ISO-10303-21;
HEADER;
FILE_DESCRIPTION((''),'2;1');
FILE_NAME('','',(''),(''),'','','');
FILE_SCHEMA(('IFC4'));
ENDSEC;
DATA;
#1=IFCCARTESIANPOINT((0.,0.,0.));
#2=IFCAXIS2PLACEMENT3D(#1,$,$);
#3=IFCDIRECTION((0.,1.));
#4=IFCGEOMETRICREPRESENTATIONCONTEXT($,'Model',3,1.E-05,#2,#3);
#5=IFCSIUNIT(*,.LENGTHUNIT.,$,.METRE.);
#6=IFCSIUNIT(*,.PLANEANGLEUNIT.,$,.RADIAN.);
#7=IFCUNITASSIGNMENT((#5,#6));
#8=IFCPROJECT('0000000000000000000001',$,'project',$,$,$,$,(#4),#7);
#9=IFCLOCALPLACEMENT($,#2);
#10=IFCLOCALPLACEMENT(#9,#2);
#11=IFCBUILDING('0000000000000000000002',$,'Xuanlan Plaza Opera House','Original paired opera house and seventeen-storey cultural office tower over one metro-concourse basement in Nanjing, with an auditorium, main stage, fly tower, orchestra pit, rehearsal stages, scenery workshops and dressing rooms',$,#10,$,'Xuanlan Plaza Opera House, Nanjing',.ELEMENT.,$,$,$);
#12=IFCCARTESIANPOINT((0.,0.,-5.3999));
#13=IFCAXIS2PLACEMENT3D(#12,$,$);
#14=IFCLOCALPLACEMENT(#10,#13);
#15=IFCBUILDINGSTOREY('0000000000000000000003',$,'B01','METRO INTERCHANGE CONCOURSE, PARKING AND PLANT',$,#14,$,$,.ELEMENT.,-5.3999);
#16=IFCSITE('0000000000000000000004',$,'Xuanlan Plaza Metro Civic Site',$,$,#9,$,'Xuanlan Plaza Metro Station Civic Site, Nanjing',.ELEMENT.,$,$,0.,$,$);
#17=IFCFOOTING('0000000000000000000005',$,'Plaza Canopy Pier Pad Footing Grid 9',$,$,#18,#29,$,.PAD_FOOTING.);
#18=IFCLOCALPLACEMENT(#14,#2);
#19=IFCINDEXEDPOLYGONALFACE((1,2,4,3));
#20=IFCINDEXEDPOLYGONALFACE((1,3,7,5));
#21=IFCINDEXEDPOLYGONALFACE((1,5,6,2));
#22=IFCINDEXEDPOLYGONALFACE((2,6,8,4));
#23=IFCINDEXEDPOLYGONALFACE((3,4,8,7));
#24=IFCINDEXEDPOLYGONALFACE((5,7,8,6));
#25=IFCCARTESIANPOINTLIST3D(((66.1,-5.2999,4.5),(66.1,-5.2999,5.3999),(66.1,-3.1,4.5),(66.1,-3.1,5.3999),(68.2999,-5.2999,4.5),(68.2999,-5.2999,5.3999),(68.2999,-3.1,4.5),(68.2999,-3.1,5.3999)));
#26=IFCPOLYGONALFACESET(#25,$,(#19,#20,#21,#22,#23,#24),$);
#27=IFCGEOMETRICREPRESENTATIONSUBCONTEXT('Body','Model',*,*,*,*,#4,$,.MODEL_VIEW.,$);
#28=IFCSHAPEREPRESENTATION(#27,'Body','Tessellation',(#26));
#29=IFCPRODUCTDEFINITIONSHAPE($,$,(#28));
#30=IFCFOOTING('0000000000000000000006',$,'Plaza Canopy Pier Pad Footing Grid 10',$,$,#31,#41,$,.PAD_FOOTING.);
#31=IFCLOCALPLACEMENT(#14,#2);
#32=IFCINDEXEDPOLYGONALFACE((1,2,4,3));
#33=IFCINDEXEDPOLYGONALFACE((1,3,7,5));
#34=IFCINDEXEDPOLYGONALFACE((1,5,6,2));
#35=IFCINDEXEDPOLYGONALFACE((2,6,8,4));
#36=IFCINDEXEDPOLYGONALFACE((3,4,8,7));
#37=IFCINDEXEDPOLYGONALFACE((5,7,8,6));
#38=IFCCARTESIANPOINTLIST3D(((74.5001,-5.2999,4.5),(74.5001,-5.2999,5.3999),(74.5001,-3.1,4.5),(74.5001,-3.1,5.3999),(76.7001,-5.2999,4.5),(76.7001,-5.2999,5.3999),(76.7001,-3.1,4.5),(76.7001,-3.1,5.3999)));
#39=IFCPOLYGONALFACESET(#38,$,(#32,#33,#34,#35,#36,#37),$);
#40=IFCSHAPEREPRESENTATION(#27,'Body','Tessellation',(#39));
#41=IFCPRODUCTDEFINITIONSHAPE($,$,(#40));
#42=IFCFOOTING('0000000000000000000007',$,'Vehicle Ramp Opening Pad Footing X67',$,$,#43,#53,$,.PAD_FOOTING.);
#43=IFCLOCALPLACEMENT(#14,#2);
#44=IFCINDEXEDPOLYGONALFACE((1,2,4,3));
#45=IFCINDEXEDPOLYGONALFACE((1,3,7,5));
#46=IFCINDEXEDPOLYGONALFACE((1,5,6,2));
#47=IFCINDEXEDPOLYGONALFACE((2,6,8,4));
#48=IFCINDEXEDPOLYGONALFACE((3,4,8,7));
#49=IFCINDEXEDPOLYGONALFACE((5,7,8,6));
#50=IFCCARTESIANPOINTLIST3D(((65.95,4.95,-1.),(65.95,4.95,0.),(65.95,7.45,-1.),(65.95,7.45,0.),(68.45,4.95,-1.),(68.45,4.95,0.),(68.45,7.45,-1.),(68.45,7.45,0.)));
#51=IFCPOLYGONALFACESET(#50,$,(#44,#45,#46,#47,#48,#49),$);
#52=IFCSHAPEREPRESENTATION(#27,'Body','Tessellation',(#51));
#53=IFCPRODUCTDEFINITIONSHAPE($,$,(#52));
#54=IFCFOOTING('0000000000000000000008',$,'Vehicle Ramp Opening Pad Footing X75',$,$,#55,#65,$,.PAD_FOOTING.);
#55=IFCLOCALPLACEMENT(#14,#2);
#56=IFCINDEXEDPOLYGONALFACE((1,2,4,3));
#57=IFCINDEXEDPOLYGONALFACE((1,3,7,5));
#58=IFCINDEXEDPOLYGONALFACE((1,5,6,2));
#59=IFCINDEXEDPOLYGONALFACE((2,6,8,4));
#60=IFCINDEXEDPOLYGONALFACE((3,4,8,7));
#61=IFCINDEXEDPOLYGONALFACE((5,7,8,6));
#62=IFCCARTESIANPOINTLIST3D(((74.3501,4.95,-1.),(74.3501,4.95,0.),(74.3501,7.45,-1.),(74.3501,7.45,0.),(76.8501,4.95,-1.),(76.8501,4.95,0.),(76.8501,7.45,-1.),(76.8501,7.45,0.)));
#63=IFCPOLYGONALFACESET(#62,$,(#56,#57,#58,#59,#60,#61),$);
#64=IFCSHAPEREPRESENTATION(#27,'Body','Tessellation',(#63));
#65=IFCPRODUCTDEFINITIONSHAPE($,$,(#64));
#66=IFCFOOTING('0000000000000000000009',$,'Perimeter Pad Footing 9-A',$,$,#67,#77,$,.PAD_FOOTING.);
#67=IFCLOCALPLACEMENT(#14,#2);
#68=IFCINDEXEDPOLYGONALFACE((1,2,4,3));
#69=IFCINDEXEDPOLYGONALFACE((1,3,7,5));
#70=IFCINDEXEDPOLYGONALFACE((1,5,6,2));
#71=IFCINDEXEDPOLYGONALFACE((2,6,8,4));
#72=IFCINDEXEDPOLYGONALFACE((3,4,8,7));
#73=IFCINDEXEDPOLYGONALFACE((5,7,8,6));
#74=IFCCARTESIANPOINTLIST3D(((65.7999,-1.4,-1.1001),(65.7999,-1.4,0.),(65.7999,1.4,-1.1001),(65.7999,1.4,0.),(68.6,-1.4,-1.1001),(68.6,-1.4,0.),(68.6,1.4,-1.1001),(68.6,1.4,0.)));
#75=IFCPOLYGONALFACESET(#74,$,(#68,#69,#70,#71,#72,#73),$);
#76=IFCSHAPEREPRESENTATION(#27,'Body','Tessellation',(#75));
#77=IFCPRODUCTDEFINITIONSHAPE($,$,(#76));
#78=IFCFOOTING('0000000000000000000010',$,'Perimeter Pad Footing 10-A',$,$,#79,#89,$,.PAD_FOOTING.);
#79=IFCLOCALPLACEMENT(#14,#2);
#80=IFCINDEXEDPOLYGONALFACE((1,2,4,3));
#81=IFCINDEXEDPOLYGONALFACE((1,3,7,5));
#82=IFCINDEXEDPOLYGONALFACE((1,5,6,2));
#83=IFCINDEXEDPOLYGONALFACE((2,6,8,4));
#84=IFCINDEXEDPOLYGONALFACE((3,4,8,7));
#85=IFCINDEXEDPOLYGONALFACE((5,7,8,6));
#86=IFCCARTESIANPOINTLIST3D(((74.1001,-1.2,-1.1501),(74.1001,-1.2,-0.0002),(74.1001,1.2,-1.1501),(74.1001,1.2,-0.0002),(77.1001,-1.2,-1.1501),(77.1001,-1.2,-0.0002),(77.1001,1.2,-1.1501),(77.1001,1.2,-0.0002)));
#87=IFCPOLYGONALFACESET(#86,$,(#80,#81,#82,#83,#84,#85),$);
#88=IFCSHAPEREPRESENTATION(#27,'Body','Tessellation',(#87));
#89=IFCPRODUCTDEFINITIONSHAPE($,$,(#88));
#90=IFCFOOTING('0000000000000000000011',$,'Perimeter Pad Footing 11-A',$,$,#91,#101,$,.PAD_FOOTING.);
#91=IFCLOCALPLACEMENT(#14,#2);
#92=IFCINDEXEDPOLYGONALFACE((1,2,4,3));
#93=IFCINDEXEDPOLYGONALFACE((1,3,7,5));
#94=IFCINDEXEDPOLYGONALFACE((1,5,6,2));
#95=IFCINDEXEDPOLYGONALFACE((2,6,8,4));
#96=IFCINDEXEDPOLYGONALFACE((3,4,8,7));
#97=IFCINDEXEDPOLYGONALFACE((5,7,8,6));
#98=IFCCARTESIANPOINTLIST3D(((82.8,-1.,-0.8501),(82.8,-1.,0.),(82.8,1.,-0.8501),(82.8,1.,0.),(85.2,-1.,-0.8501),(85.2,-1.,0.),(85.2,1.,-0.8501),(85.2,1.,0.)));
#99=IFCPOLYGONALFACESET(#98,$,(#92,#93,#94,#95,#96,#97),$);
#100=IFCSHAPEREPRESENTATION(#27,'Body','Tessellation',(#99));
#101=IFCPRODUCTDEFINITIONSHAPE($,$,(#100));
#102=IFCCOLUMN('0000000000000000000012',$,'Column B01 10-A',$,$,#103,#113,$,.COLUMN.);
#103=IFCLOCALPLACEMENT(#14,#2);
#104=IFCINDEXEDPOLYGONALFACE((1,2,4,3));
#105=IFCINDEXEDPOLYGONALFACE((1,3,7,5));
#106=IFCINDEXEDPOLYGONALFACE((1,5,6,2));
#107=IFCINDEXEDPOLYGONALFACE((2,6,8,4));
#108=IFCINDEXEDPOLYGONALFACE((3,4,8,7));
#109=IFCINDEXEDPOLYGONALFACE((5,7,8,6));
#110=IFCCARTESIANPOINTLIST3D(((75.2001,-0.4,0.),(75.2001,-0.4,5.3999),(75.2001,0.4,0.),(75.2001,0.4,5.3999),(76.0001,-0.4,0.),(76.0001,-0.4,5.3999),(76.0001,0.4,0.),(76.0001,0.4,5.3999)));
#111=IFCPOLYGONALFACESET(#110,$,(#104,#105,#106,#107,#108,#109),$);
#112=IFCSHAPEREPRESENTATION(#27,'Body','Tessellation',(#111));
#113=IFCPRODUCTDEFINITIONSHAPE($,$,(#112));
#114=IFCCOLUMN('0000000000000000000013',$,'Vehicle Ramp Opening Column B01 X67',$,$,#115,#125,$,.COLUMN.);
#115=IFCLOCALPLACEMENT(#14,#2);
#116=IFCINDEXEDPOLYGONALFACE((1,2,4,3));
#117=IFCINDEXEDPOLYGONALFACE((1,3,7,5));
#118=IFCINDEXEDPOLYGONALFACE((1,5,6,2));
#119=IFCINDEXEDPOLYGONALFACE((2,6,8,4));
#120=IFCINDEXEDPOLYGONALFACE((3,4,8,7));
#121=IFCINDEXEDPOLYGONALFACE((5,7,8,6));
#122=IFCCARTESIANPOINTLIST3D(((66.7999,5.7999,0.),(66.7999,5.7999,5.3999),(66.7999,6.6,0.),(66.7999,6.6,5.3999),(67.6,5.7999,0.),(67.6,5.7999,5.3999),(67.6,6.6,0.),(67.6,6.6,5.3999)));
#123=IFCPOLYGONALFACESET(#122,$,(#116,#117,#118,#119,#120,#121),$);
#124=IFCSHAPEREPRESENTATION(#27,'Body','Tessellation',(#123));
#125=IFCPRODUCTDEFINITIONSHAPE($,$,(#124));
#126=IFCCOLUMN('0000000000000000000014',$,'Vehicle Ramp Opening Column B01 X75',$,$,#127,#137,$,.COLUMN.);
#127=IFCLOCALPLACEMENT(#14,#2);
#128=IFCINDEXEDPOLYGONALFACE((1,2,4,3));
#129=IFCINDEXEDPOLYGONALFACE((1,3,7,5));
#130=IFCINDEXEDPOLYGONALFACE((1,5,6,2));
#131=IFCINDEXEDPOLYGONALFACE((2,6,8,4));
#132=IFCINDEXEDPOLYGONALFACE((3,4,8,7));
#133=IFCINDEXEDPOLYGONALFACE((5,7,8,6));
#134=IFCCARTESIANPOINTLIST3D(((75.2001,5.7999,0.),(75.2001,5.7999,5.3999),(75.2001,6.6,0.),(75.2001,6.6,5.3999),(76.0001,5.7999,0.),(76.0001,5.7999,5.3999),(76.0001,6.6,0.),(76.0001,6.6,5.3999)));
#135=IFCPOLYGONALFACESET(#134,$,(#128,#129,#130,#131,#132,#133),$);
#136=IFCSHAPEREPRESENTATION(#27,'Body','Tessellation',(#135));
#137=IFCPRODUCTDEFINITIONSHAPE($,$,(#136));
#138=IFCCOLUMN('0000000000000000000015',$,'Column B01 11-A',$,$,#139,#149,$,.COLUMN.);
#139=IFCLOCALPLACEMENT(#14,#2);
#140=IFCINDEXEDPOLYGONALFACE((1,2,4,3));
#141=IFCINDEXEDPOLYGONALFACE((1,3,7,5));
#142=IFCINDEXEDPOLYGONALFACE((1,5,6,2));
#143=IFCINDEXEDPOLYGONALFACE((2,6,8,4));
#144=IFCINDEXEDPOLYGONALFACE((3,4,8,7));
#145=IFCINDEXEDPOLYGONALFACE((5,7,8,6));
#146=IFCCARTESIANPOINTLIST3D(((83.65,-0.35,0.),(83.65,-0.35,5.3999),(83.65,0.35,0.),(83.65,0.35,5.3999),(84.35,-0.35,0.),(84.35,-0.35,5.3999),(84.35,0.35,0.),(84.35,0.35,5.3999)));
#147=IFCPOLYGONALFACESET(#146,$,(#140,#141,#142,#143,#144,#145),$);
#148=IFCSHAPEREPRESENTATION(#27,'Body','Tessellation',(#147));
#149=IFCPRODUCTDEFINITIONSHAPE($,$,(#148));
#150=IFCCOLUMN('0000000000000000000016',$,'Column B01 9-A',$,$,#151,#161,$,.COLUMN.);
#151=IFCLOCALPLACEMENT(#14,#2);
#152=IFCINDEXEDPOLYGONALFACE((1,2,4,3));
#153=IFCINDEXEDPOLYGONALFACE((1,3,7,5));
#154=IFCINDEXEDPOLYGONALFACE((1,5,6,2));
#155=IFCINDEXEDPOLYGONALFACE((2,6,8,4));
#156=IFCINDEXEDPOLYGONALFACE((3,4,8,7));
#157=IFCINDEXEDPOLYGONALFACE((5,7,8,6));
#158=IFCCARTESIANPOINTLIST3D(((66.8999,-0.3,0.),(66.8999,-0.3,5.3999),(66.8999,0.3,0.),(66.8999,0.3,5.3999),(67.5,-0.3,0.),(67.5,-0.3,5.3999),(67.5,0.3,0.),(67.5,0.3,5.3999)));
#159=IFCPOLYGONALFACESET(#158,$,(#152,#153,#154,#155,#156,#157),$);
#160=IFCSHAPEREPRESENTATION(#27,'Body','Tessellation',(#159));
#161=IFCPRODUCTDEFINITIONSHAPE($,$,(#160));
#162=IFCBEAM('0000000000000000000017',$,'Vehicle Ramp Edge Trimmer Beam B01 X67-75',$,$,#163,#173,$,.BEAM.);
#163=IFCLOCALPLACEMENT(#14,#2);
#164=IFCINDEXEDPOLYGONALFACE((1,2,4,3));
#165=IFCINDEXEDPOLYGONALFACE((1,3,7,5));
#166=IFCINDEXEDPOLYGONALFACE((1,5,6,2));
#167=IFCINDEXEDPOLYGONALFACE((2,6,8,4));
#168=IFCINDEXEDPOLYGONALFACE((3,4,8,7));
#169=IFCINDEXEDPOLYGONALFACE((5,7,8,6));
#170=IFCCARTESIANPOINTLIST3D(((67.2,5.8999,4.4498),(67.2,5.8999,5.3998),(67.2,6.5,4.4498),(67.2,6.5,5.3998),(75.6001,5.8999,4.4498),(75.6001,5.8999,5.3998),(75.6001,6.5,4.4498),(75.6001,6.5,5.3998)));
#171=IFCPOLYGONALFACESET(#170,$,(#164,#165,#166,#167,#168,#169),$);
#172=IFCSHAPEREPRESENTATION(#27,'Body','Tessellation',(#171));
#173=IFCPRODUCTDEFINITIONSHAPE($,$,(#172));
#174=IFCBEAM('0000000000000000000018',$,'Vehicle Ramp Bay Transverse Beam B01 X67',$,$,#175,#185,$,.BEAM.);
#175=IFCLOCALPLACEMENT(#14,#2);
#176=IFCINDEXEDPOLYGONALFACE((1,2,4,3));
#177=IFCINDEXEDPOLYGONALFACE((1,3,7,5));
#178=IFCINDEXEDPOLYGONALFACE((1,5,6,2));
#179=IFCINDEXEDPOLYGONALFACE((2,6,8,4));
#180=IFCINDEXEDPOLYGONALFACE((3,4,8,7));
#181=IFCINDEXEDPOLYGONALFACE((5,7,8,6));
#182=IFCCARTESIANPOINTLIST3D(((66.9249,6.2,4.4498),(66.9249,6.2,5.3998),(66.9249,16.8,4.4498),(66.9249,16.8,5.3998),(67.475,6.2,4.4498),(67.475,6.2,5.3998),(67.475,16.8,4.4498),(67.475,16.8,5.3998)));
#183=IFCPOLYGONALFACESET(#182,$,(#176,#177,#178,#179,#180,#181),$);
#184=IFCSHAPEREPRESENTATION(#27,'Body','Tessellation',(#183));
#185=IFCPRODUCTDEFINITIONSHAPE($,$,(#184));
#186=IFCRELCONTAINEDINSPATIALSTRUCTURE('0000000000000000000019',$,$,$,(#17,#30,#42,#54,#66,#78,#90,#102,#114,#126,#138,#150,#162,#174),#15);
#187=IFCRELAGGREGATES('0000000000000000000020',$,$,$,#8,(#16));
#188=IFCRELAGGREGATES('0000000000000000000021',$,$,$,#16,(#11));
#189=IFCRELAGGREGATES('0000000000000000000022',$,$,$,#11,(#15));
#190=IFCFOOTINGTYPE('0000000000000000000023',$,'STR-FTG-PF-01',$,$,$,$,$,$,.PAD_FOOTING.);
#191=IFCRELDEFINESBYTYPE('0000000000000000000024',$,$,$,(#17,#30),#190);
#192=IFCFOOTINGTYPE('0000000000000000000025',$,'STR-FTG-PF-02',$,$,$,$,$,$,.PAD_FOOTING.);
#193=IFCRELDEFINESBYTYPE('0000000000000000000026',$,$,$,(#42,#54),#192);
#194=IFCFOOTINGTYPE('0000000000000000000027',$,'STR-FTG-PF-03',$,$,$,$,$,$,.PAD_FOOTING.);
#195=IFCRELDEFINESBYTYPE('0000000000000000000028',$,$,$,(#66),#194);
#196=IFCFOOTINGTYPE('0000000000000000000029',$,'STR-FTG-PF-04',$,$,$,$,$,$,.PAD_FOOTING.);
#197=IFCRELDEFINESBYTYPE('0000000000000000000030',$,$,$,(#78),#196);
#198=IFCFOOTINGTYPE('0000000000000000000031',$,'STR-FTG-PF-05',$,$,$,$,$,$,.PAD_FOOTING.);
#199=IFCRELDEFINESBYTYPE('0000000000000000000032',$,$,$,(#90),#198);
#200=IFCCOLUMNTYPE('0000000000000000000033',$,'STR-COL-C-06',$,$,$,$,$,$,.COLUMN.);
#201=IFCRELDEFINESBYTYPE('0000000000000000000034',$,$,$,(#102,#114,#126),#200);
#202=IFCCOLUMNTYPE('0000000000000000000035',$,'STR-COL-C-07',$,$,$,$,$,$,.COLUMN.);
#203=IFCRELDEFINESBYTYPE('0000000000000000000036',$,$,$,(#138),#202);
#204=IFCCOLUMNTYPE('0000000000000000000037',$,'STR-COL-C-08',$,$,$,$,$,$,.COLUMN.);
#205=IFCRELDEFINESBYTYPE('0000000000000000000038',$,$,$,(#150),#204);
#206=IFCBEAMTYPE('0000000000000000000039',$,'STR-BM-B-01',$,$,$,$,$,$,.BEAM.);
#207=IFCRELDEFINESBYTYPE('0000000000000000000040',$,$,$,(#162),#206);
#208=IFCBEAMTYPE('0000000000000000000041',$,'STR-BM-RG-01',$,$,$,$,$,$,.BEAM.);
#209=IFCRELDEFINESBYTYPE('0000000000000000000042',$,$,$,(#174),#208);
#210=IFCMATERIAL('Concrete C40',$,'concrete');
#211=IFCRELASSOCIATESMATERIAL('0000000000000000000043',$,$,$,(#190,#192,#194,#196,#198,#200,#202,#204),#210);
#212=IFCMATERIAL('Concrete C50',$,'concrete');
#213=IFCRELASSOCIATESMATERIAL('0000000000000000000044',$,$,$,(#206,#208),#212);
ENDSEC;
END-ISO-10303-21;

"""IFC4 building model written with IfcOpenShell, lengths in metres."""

from ifc_helpers import new_model, si_unit, direction, frame, origin, origin_2d, place, context, subcontext, project, spatial, rectangle, extrude, material, material_profile, profile_set, type_object, element, save


model = new_model("IFC4")

# Units and contexts
model_context = context("Model", 3, precision=1e-05, world=origin(), true_north=direction((0.0, 1.0)))
body_context = subcontext(model_context, "Body", "Model", "MODEL_VIEW")
ifc_project = project(units=[si_unit("LENGTHUNIT", "METRE"), si_unit("PLANEANGLEUNIT", "RADIAN")], contexts=[model_context])

# Site, building, storey
site_placement = place(None, origin())
site = spatial("IfcSite", under=ifc_project, at=site_placement, Name="Xuanlan Plaza Metro Civic Site", LongName="Xuanlan Plaza Metro Station Civic Site, Nanjing", CompositionType="ELEMENT", RefElevation=0.0)
building_placement = place(site_placement, origin())
building = spatial("IfcBuilding", under=site, at=building_placement, Name="Xuanlan Plaza Opera House", Description="Original paired opera house and seventeen-storey cultural office tower over one metro-concourse basement in Nanjing, with an auditorium, main stage, fly tower, orchestra pit, rehearsal stages, scenery workshops and dressing rooms", LongName="Xuanlan Plaza Opera House, Nanjing", CompositionType="ELEMENT")
storey_placement = place(building_placement, frame((0.0, 0.0, -5.3999)))
storey = spatial("IfcBuildingStorey", under=building, at=storey_placement, Name="B01", Description="METRO INTERCHANGE CONCOURSE, PARKING AND PLANT", CompositionType="ELEMENT", Elevation=-5.3999)

# Footings
ifc_material_1 = material(Name="Concrete C40", Category="concrete")
footing_type_1 = type_object("IfcFootingType", Name="STR-FTG-PF-01", PredefinedType="PAD_FOOTING", material=ifc_material_1)
for number, where, z_axis, x_axis, name in (
    (1, (67.2, -4.2, 4.5), (0.0, 0.0, 1.0), (1.0, 0.0, 0.0), "Plaza Canopy Pier Pad Footing Grid 9"),
    (2, (75.6001, -4.2, 4.5), (0.0, 0.0, 1.0), (1.0, 0.0, 0.0), "Plaza Canopy Pier Pad Footing Grid 10"),
):
    element("IfcFooting", number, at=place(storey_placement, frame(where, z_axis=z_axis, x_axis=x_axis)), inside=storey, type_object=footing_type_1, Name=name, PredefinedType="PAD_FOOTING", context=body_context, shape_type="SweptSolid", body=[
        extrude(rectangle(XDim=2.2, YDim=2.2, at=origin_2d()), origin(), (0.0, 0.0, 1.0), 0.8999),
    ])
footing_type_2 = type_object("IfcFootingType", Name="STR-FTG-PF-02", PredefinedType="PAD_FOOTING", material=ifc_material_1)
for number, where, z_axis, x_axis, name in (
    (3, (67.2, 6.2, -1.0), (0.0, 0.0, 1.0), (1.0, 0.0, 0.0), "Vehicle Ramp Opening Pad Footing X67"),
    (4, (75.6001, 6.2, -1.0), (0.0, 0.0, 1.0), (1.0, 0.0, 0.0), "Vehicle Ramp Opening Pad Footing X75"),
):
    element("IfcFooting", number, at=place(storey_placement, frame(where, z_axis=z_axis, x_axis=x_axis)), inside=storey, type_object=footing_type_2, Name=name, PredefinedType="PAD_FOOTING", context=body_context, shape_type="SweptSolid", body=[
        extrude(rectangle(XDim=2.5, YDim=2.5, at=origin_2d()), origin(), (0.0, 0.0, 1.0), 1.0),
    ])
footing_type_3 = type_object("IfcFootingType", Name="STR-FTG-PF-03", PredefinedType="PAD_FOOTING", material=ifc_material_1)
footing_1_placement = place(storey_placement, frame((67.2, 0.0, -1.1001), z_axis=(0.0, 0.0, 1.0), x_axis=(1.0, 0.0, 0.0)))
element("IfcFooting", 5, at=footing_1_placement, inside=storey, type_object=footing_type_3, Name="Perimeter Pad Footing 9-A", PredefinedType="PAD_FOOTING", context=body_context, shape_type="SweptSolid", body=[
    extrude(rectangle(XDim=2.8, YDim=2.8, at=origin_2d()), origin(), (0.0, 0.0, 1.0), 1.1001),
])
footing_type_4 = type_object("IfcFootingType", Name="STR-FTG-PF-04", PredefinedType="PAD_FOOTING", material=ifc_material_1)
footing_2_placement = place(storey_placement, frame((75.6001, 0.0, -1.1501), z_axis=(0.0, 0.0, 1.0), x_axis=(1.0, 0.0, 0.0)))
element("IfcFooting", 6, at=footing_2_placement, inside=storey, type_object=footing_type_4, Name="Perimeter Pad Footing 10-A", PredefinedType="PAD_FOOTING", context=body_context, shape_type="SweptSolid", body=[
    extrude(rectangle(XDim=3.0, YDim=2.3999, at=origin_2d()), origin(), (0.0, 0.0, 1.0), 1.1499),
])
footing_type_5 = type_object("IfcFootingType", Name="STR-FTG-PF-05", PredefinedType="PAD_FOOTING", material=ifc_material_1)
footing_3_placement = place(storey_placement, frame((84.0, 0.0, -0.8501), z_axis=(0.0, 0.0, 1.0), x_axis=(1.0, 0.0, 0.0)))
element("IfcFooting", 7, at=footing_3_placement, inside=storey, type_object=footing_type_5, Name="Perimeter Pad Footing 11-A", PredefinedType="PAD_FOOTING", context=body_context, shape_type="SweptSolid", body=[
    extrude(rectangle(XDim=2.3999, YDim=2.0, at=origin_2d()), origin(), (0.0, 0.0, 1.0), 0.8501),
])

# Columns
ifc_material_profile_1 = material_profile(ifc_material_1, rectangle(XDim=0.8, YDim=0.8, at=origin_2d()), Name="RC-COL 800x800")
ifc_profile_set_1 = profile_set([ifc_material_profile_1], Name="Concrete C40")
column_type_1 = type_object("IfcColumnType", Name="STR-COL-C-06", PredefinedType="COLUMN", material=ifc_profile_set_1)
for number, where, z_axis, x_axis, name in (
    (8, (75.6001, 0.0, 0.0), (0.0, 0.0, 1.0), (1.0, 0.0, 0.0), "Column B01 10-A"),
    (9, (67.2, 6.2, 0.0), (0.0, 0.0, 1.0), (1.0, 0.0, 0.0), "Vehicle Ramp Opening Column B01 X67"),
    (10, (75.6001, 6.2, 0.0), (0.0, 0.0, 1.0), (1.0, 0.0, 0.0), "Vehicle Ramp Opening Column B01 X75"),
):
    element("IfcColumn", number, at=place(storey_placement, frame(where, z_axis=z_axis, x_axis=x_axis)), inside=storey, type_object=column_type_1, Name=name, PredefinedType="COLUMN", context=body_context, shape_type="SweptSolid", body=[
        extrude(rectangle(XDim=0.8, YDim=0.8, at=origin_2d()), origin(), (0.0, 0.0, 1.0), 5.3999),
    ])
ifc_material_profile_2 = material_profile(ifc_material_1, rectangle(XDim=0.7, YDim=0.7, at=origin_2d()), Name="RC-COL 700x700")
ifc_profile_set_2 = profile_set([ifc_material_profile_2], Name="Concrete C40")
column_type_2 = type_object("IfcColumnType", Name="STR-COL-C-07", PredefinedType="COLUMN", material=ifc_profile_set_2)
column_1_placement = place(storey_placement, frame((84.0, 0.0, 0.0), z_axis=(0.0, 0.0, 1.0), x_axis=(1.0, 0.0, 0.0)))
element("IfcColumn", 11, at=column_1_placement, inside=storey, type_object=column_type_2, Name="Column B01 11-A", PredefinedType="COLUMN", context=body_context, shape_type="SweptSolid", body=[
    extrude(rectangle(XDim=0.7, YDim=0.7, at=origin_2d()), origin(), (0.0, 0.0, 1.0), 5.3999),
])
ifc_material_profile_3 = material_profile(ifc_material_1, rectangle(XDim=0.6001, YDim=0.6001, at=origin_2d()), Name="RC-COL 600x600")
ifc_profile_set_3 = profile_set([ifc_material_profile_3], Name="Concrete C40")
column_type_3 = type_object("IfcColumnType", Name="STR-COL-C-08", PredefinedType="COLUMN", material=ifc_profile_set_3)
column_2_placement = place(storey_placement, frame((67.2, 0.0, 0.0), z_axis=(0.0, 0.0, 1.0), x_axis=(1.0, 0.0, 0.0)))
element("IfcColumn", 12, at=column_2_placement, inside=storey, type_object=column_type_3, Name="Column B01 9-A", PredefinedType="COLUMN", context=body_context, shape_type="SweptSolid", body=[
    extrude(rectangle(XDim=0.6001, YDim=0.6001, at=origin_2d()), origin(), (0.0, 0.0, 1.0), 5.3999),
])

# Beams
ifc_material_2 = material(Name="Concrete C50", Category="concrete")
ifc_material_profile_4 = material_profile(ifc_material_2, rectangle(XDim=0.6001, YDim=0.95, at=origin_2d()), Name="RC-BM 600x950")
ifc_profile_set_4 = profile_set([ifc_material_profile_4], Name="Concrete C50")
beam_type_1 = type_object("IfcBeamType", Name="STR-BM-B-01", PredefinedType="BEAM", material=ifc_profile_set_4)
beam_1_placement = place(storey_placement, frame((67.2, 6.2, 4.9248), z_axis=(1.0, 0.0, 0.0), x_axis=(0.0, 1.0, 0.0)))
element("IfcBeam", 13, at=beam_1_placement, inside=storey, type_object=beam_type_1, Name="Vehicle Ramp Edge Trimmer Beam B01 X67-75", PredefinedType="BEAM", context=body_context, shape_type="SweptSolid", body=[
    extrude(rectangle(XDim=0.6001, YDim=0.95, at=origin_2d()), origin(), (0.0, 0.0, 1.0), 8.4001),
])
ifc_material_profile_5 = material_profile(ifc_material_2, rectangle(XDim=0.55, YDim=0.95, at=origin_2d()), Name="RC-BM 550x950")
ifc_profile_set_5 = profile_set([ifc_material_profile_5], Name="Concrete C50")
beam_type_2 = type_object("IfcBeamType", Name="STR-BM-RG-01", PredefinedType="BEAM", material=ifc_profile_set_5)
beam_2_placement = place(storey_placement, frame((67.2, 6.2, 4.9248), z_axis=(0.0, 1.0, 0.0), x_axis=(-1.0, 0.0, 0.0)))
element("IfcBeam", 14, at=beam_2_placement, inside=storey, type_object=beam_type_2, Name="Vehicle Ramp Bay Transverse Beam B01 X67", PredefinedType="BEAM", context=body_context, shape_type="SweptSolid", body=[
    extrude(rectangle(XDim=0.55, YDim=0.95, at=origin_2d()), origin(), (0.0, 0.0, 1.0), 10.6001),
])

save(model, "model.ifc")
